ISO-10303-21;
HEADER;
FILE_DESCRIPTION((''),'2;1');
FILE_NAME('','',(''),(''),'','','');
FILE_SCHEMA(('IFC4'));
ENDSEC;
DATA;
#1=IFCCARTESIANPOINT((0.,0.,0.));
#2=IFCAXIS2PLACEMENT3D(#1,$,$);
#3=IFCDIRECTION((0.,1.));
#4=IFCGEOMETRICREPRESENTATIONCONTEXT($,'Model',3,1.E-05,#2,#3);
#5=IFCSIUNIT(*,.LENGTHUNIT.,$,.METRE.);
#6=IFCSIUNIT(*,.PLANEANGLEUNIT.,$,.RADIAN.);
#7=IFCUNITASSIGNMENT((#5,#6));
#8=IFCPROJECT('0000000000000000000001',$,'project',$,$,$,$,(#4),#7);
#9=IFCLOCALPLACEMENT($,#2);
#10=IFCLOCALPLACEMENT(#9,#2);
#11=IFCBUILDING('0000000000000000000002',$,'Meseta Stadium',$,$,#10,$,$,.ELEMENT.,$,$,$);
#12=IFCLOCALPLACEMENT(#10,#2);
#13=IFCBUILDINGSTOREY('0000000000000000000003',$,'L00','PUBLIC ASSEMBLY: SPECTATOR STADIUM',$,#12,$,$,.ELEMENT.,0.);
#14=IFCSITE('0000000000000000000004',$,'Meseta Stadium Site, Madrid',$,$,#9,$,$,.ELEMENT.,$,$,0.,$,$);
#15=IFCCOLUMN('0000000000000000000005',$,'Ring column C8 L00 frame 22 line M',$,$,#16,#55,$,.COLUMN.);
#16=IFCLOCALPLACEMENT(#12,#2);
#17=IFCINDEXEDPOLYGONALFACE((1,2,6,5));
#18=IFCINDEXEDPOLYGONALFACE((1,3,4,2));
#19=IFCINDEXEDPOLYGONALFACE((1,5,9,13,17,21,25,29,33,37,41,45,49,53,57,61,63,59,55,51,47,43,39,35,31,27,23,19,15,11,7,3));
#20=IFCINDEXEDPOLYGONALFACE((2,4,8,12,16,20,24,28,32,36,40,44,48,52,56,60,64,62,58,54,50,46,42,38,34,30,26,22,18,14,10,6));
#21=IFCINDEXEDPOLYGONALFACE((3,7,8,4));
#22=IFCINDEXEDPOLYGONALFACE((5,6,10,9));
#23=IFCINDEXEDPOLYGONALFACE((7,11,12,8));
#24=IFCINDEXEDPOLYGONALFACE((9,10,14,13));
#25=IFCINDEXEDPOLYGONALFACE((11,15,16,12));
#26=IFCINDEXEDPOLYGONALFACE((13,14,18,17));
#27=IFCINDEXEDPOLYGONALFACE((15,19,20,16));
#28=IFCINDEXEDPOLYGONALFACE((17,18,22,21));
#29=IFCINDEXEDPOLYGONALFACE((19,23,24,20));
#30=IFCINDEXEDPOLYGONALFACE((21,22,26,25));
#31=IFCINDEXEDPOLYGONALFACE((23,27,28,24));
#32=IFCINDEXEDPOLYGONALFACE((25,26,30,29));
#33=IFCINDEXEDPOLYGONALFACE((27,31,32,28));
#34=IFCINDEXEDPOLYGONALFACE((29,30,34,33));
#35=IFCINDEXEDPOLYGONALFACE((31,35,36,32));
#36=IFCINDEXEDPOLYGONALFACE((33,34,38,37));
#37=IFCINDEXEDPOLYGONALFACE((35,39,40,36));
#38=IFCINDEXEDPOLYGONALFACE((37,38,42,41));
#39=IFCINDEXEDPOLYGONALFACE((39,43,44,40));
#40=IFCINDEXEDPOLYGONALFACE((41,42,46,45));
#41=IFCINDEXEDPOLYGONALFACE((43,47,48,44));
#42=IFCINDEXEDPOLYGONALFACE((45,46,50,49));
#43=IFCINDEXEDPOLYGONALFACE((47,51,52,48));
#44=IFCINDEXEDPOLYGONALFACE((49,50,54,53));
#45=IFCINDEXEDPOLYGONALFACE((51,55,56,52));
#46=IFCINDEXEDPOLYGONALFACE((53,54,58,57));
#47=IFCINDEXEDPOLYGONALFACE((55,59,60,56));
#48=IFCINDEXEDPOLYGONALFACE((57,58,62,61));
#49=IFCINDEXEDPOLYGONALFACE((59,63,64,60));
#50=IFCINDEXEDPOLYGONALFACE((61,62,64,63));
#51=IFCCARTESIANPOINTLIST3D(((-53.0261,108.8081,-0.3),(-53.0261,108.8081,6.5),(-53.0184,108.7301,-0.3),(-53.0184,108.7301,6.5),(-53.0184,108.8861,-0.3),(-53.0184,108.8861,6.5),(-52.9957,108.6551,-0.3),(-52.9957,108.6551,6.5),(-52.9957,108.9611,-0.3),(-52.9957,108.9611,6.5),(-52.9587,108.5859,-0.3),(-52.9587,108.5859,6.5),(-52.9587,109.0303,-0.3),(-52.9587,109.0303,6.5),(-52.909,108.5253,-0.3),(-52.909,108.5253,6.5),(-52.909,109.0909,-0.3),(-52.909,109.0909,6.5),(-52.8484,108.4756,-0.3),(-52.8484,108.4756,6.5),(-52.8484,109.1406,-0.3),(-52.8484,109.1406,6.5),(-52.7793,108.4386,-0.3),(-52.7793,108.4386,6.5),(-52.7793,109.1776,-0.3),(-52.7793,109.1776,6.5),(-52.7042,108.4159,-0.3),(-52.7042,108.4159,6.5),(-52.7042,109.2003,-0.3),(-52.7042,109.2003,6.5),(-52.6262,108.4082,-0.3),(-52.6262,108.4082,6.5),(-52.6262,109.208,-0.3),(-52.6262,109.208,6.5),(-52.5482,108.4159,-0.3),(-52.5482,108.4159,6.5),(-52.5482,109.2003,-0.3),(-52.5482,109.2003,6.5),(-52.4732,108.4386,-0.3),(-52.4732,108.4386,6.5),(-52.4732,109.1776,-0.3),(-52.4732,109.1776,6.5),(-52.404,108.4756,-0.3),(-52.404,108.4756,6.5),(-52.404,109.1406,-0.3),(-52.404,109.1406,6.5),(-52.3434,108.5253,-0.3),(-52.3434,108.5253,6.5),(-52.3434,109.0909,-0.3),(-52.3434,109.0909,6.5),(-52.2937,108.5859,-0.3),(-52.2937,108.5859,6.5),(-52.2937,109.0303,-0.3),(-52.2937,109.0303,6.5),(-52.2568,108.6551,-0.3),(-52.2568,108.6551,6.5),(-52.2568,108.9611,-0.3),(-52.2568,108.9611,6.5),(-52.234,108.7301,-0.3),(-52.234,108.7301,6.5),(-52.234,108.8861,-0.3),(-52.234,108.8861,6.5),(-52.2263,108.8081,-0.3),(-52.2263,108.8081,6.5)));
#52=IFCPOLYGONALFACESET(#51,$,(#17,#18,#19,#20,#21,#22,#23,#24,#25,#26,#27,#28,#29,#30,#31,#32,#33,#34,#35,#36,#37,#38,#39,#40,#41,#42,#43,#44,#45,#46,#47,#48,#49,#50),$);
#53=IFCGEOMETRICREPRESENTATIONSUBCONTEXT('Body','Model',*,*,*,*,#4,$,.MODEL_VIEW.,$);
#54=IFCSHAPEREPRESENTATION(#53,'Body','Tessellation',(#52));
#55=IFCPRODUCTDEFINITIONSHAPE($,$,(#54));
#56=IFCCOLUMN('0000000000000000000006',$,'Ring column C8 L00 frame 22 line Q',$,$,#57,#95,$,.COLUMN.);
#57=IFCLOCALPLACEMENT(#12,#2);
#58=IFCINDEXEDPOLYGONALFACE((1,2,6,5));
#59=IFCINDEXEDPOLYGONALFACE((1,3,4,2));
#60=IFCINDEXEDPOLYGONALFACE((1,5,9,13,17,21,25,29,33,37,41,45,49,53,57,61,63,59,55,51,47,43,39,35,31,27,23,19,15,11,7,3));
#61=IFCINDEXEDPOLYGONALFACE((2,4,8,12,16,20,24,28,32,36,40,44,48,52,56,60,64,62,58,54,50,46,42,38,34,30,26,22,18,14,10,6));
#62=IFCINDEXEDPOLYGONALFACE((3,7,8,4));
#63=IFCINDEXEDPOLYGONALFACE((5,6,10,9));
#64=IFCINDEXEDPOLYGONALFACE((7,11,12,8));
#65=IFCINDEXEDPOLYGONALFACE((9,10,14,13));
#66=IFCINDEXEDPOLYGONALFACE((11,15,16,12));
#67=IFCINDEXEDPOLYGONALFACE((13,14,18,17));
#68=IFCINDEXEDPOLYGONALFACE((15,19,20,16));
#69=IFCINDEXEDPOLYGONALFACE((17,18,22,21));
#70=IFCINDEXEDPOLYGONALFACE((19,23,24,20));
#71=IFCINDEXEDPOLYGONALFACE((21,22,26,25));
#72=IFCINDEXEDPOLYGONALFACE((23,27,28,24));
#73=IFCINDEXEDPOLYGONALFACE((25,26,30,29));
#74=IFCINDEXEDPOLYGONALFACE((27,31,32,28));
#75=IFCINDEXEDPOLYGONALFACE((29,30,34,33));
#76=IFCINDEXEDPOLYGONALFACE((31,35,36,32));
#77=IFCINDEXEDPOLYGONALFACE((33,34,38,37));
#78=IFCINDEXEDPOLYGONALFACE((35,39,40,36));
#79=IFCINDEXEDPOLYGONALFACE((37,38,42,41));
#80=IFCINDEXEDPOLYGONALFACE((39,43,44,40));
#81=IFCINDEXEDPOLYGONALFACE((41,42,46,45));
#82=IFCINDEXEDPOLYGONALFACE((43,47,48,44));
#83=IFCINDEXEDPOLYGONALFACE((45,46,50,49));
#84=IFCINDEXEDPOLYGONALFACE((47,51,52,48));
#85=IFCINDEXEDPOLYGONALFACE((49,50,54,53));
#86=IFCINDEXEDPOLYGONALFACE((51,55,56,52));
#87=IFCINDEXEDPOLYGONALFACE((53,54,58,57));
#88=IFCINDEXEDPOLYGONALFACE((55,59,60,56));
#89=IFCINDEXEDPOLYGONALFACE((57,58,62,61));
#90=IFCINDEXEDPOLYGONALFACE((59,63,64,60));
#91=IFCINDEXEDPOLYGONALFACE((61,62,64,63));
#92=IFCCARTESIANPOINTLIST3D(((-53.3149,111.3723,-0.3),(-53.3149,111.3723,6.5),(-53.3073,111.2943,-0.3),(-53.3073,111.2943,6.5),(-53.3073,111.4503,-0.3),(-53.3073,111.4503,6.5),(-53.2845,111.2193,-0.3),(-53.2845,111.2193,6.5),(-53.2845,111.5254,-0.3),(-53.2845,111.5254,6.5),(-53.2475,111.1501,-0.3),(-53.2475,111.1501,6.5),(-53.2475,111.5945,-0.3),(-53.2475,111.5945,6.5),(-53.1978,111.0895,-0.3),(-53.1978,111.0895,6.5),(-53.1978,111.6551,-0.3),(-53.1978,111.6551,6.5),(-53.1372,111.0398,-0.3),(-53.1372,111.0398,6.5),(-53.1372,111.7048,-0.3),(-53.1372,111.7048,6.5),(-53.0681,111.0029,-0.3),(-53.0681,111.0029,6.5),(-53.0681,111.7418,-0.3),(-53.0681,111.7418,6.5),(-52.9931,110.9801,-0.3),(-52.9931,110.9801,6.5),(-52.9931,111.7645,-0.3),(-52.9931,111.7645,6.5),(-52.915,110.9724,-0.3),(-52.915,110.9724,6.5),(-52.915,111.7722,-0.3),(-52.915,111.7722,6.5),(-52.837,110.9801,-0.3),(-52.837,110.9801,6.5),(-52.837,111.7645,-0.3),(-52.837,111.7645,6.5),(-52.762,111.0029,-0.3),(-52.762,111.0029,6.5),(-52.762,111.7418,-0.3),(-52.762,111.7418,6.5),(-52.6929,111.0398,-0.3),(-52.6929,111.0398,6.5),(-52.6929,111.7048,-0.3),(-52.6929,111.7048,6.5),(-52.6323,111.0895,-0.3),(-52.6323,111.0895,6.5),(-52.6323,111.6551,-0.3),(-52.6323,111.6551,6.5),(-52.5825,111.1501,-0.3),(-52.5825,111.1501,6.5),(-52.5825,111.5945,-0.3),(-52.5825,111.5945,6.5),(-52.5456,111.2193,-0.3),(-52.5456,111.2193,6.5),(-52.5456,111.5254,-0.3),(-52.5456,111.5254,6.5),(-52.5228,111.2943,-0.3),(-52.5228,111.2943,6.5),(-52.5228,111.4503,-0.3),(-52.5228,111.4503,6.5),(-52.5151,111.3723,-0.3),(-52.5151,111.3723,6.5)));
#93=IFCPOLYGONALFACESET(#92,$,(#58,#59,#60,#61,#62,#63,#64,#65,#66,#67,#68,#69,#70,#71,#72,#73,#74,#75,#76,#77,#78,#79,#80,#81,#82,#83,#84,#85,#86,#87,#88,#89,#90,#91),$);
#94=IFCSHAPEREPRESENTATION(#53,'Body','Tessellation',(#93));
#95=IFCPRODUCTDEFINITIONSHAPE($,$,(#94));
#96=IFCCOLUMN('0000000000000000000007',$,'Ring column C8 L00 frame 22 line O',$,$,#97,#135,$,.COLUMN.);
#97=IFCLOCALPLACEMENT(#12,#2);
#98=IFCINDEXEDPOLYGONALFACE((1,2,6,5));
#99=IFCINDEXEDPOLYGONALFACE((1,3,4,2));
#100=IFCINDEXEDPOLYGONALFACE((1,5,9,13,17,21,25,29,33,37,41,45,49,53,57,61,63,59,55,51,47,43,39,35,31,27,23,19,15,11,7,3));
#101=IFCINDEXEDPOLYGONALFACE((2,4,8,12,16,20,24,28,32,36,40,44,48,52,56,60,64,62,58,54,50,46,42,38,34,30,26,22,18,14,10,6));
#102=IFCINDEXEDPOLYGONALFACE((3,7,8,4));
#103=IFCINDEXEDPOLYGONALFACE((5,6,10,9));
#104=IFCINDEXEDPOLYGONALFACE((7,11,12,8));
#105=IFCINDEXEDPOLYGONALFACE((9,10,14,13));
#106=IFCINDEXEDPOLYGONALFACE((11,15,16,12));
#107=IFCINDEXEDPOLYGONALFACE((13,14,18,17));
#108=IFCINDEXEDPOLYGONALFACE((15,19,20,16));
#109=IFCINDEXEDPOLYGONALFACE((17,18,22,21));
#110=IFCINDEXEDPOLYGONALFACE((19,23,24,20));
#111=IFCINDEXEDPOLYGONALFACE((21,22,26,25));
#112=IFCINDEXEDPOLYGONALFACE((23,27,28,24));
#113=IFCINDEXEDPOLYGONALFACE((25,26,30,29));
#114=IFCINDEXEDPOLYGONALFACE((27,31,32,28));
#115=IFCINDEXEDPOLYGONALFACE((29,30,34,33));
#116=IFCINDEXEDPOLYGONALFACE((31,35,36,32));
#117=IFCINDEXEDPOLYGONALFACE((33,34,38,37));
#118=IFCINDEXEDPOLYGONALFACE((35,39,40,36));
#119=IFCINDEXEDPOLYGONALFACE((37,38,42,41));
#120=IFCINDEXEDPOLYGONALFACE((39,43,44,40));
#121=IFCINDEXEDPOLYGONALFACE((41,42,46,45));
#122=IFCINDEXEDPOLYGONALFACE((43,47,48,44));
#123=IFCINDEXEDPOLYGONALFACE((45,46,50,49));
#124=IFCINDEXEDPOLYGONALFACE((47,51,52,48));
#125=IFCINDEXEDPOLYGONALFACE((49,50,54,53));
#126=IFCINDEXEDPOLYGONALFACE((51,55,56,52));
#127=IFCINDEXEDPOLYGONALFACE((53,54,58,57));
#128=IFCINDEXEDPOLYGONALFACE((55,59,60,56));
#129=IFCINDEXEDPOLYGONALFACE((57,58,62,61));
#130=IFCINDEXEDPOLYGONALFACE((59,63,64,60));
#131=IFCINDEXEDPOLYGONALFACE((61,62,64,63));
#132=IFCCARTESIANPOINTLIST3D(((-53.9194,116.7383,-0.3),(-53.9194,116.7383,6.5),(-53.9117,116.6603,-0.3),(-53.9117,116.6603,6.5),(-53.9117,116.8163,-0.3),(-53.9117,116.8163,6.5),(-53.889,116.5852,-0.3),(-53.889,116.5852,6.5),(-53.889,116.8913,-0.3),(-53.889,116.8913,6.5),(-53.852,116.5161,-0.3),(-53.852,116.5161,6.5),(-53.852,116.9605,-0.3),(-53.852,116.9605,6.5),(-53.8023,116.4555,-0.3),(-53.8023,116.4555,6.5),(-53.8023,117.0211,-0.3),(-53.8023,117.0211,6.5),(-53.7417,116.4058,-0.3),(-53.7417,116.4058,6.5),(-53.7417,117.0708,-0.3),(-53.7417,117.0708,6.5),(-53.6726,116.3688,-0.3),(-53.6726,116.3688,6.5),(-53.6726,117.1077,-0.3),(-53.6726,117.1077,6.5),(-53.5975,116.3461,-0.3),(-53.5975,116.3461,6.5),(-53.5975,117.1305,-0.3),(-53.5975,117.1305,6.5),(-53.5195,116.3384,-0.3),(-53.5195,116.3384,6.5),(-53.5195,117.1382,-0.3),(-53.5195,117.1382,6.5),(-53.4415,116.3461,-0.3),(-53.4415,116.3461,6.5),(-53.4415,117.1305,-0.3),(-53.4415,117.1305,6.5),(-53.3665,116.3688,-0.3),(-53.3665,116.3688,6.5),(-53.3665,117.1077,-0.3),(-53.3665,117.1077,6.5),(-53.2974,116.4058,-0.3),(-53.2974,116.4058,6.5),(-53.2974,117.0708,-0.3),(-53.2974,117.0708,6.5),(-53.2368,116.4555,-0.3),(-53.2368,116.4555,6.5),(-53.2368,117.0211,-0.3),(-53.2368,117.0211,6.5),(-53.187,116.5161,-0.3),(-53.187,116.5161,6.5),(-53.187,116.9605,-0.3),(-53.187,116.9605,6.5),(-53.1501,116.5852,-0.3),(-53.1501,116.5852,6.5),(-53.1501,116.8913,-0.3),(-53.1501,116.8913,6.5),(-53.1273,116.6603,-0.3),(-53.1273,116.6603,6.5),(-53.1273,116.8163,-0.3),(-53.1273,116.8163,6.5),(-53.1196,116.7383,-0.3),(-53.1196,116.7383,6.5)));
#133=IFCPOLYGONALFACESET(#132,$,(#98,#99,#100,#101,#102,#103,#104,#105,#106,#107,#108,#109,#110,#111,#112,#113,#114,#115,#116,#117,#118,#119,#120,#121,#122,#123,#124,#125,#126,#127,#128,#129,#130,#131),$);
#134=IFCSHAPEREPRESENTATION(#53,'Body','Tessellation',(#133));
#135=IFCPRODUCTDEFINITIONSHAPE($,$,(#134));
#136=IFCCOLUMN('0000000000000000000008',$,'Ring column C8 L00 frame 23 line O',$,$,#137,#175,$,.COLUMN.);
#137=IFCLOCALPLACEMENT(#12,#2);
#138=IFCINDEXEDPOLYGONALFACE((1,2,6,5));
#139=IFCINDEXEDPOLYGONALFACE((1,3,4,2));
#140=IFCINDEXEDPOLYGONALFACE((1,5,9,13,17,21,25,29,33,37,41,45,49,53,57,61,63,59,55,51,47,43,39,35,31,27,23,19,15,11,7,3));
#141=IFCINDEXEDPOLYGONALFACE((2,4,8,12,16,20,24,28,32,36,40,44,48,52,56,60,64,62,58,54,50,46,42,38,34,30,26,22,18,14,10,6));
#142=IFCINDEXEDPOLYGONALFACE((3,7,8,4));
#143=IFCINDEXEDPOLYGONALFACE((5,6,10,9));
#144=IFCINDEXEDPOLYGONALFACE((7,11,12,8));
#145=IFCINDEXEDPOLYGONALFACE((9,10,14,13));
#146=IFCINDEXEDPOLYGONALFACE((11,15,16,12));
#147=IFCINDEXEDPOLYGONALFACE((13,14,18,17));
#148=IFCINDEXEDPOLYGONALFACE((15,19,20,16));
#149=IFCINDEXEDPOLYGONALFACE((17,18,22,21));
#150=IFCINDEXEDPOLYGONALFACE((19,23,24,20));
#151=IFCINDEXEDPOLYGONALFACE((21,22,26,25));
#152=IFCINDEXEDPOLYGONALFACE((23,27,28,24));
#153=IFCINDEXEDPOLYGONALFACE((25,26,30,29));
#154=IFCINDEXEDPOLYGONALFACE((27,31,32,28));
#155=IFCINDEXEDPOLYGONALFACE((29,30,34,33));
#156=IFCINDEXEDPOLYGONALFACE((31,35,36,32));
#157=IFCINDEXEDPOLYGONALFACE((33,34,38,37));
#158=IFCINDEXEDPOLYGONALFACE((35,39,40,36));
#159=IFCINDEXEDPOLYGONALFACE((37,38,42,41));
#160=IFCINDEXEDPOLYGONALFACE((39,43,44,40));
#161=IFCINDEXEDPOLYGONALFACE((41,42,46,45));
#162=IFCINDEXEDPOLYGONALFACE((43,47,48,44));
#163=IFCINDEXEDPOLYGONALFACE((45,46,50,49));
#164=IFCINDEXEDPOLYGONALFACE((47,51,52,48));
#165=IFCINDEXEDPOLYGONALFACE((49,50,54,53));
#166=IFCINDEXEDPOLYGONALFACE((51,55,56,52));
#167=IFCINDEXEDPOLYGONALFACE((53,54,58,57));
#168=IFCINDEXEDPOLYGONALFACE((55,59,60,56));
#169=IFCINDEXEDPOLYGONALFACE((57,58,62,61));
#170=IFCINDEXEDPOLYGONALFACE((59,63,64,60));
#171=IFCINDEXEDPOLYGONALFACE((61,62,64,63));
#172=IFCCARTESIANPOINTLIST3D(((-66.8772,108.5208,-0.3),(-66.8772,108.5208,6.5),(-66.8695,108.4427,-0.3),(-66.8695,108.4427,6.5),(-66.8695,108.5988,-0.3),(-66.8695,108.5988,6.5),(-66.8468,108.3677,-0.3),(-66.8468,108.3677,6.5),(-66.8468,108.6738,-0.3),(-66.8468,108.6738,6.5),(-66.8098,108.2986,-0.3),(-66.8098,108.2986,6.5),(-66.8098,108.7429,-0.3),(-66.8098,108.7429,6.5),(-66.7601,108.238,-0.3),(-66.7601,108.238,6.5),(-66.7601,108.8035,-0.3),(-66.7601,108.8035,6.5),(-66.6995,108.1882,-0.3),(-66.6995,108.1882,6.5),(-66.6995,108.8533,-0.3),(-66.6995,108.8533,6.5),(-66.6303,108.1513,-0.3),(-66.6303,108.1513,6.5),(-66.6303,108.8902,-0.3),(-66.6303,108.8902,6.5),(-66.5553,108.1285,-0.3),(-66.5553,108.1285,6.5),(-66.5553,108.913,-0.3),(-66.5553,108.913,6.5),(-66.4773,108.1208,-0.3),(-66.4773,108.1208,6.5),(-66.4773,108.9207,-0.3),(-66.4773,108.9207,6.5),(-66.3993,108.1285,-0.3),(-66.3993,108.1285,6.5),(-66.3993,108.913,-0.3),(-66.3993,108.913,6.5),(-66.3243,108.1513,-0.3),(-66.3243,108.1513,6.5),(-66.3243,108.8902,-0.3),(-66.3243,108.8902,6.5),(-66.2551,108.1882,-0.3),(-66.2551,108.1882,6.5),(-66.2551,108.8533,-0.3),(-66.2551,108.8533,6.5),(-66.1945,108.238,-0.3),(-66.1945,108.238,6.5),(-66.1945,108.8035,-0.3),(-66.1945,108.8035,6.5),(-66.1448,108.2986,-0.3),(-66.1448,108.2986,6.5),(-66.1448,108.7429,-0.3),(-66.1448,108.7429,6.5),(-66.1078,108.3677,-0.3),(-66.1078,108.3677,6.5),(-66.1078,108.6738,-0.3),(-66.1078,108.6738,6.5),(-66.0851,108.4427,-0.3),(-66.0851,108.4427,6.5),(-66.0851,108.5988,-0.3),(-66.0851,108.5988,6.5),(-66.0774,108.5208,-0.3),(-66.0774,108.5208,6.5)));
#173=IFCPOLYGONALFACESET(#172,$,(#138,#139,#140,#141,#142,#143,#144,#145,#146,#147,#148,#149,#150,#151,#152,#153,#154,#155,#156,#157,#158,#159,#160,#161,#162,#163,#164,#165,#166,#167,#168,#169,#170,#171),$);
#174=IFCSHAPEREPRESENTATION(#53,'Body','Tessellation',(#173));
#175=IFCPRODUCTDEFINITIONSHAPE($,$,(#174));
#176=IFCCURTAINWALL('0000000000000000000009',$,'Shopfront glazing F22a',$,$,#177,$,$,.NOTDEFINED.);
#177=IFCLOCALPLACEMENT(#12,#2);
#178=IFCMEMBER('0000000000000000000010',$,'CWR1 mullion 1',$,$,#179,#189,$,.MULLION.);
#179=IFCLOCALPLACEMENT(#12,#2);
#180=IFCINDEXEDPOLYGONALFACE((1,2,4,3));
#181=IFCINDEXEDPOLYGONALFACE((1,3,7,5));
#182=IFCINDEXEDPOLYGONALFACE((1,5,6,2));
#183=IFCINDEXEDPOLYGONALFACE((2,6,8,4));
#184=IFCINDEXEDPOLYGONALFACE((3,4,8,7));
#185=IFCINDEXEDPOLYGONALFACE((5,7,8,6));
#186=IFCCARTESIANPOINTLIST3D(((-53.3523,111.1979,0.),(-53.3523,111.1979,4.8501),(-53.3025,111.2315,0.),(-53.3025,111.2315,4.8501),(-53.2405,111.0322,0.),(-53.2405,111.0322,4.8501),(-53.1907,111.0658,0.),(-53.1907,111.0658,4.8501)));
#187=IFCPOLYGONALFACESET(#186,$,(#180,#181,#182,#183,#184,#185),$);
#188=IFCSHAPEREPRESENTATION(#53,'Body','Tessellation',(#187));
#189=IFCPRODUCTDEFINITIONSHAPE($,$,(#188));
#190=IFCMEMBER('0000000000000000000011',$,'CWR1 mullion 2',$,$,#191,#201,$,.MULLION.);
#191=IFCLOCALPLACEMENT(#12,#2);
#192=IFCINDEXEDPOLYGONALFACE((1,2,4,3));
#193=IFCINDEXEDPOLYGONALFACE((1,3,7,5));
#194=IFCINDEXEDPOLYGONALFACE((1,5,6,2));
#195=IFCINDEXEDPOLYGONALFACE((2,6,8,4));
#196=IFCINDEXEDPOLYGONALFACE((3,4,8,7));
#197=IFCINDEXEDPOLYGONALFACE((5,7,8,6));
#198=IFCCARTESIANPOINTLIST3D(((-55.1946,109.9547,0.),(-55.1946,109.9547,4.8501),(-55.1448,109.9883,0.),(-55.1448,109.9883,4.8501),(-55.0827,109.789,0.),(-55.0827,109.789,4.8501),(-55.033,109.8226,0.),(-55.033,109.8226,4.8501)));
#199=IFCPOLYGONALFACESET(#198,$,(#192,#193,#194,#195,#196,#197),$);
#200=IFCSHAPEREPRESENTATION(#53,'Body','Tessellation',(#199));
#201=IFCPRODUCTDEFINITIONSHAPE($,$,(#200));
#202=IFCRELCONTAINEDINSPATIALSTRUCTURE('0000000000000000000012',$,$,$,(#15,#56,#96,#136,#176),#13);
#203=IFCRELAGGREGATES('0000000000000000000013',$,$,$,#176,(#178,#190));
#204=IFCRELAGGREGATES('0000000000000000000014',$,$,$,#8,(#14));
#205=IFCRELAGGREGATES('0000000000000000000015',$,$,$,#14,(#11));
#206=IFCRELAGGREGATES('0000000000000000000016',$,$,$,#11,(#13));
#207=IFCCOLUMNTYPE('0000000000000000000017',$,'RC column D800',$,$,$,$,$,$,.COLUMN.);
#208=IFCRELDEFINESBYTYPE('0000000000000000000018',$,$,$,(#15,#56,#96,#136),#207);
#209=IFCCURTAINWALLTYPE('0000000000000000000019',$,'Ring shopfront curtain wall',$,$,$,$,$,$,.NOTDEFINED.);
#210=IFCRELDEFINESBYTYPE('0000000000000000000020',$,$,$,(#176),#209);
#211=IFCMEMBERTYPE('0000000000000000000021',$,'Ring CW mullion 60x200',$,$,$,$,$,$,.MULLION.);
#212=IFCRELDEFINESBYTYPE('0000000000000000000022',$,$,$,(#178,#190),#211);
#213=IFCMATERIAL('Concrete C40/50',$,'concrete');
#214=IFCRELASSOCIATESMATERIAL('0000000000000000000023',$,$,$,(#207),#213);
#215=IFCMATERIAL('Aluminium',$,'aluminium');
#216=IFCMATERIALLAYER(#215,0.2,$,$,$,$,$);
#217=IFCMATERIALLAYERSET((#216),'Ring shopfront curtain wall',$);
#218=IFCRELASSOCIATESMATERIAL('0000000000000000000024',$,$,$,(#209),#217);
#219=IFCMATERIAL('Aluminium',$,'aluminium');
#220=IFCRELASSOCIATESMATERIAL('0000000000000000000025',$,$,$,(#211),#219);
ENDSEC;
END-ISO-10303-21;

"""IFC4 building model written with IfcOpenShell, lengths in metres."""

from ifc_helpers import new_model, si_unit, direction, frame, origin, origin_2d, place, context, subcontext, project, spatial, rectangle, circle, extrude, material, layer, layer_set, material_profile, profile_set, type_object, element, aggregate, save


model = new_model("IFC4")

# Units and contexts
model_context = context("Model", 3, precision=1e-05, world=origin(), true_north=direction((0.0, 1.0)))
body_context = subcontext(model_context, "Body", "Model", "MODEL_VIEW")
ifc_project = project(units=[si_unit("LENGTHUNIT", "METRE"), si_unit("PLANEANGLEUNIT", "RADIAN")], contexts=[model_context])

# Site, building, storey
site_placement = place(None, origin())
site = spatial("IfcSite", under=ifc_project, at=site_placement, Name="Meseta Stadium Site, Madrid", CompositionType="ELEMENT", RefElevation=0.0)
building_placement = place(site_placement, origin())
building = spatial("IfcBuilding", under=site, at=building_placement, Name="Meseta Stadium", CompositionType="ELEMENT")
storey_placement = place(building_placement, origin())
storey = spatial("IfcBuildingStorey", under=building, at=storey_placement, Name="L00", Description="PUBLIC ASSEMBLY: SPECTATOR STADIUM", CompositionType="ELEMENT", Elevation=0.0)

# Columns
ifc_material_1 = material(Name="Concrete C40/50", Category="concrete")
ifc_material_profile_1 = material_profile(ifc_material_1, circle(Radius=0.3999, at=origin_2d()), Name="RC D800")
ifc_profile_set_1 = profile_set([ifc_material_profile_1], Name="Concrete C40/50")
column_type = type_object("IfcColumnType", Name="RC column D800", PredefinedType="COLUMN", material=ifc_profile_set_1)
for number, where, z_axis, x_axis, name in (
    (1, (-52.6262, 108.8081, -0.3), (0.0, 0.0, 1.0), (1.0, 0.0, 0.0), "Ring column C8 L00 frame 22 line M"),
    (2, (-52.915, 111.3723, -0.3), (0.0, 0.0, 1.0), (1.0, 0.0, 0.0), "Ring column C8 L00 frame 22 line Q"),
    (3, (-53.5195, 116.7383, -0.3), (0.0, 0.0, 1.0), (1.0, 0.0, 0.0), "Ring column C8 L00 frame 22 line O"),
    (4, (-66.4773, 108.5208, -0.3), (0.0, 0.0, 1.0), (1.0, 0.0, 0.0), "Ring column C8 L00 frame 23 line O"),
):
    element("IfcColumn", number, at=place(storey_placement, frame(where, z_axis=z_axis, x_axis=x_axis)), inside=storey, type_object=column_type, Name=name, PredefinedType="COLUMN", context=body_context, shape_type="SweptSolid", body=[
        extrude(circle(Radius=0.3999, at=origin_2d()), origin(), (0.0, 0.0, 1.0), 6.8),
    ])

# Curtain wall, members
ifc_material_2 = material(Name="Aluminium", Category="aluminium")
ifc_layer_1 = layer(ifc_material_2, 0.2)
ifc_layer_set_1 = layer_set([ifc_layer_1], Name="Ring shopfront curtain wall")
curtain_wall_type = type_object("IfcCurtainWallType", Name="Ring shopfront curtain wall", PredefinedType="NOTDEFINED", material=ifc_layer_set_1)
curtain_wall_1_placement = place(storey_placement, origin())
curtain_wall_1 = element("IfcCurtainWall", 5, at=curtain_wall_1_placement, inside=storey, type_object=curtain_wall_type, Name="Shopfront glazing F22a", PredefinedType="NOTDEFINED")
ifc_material_3 = material(Name="Aluminium", Category="aluminium")
ifc_material_profile_2 = material_profile(ifc_material_3, rectangle(XDim=0.2, YDim=0.0601, at=origin_2d()), Name="CW 200x60")
ifc_profile_set_2 = profile_set([ifc_material_profile_2], Name="Aluminium")
member_type_1 = type_object("IfcMemberType", Name="Ring CW mullion 60x200", PredefinedType="MULLION", material=ifc_profile_set_2)
member_1_placement = place(storey_placement, frame((-53.2715, 111.1318, 0.0), z_axis=(0.0, 0.0, 1.0), x_axis=(0.559368, -0.828919, 0.0)))
member_1 = element("IfcMember", 6, at=member_1_placement, type_object=member_type_1, Name="CWR1 mullion 1", PredefinedType="MULLION", context=body_context, shape_type="SweptSolid", body=[
    extrude(rectangle(XDim=0.2, YDim=0.0601, at=origin_2d()), origin(), (0.0, 0.0, 1.0), 4.8501),
])
member_2_placement = place(storey_placement, frame((-55.1138, 109.8887, 0.0), z_axis=(0.0, 0.0, 1.0), x_axis=(0.559368, -0.828919, 0.0)))
member_2 = element("IfcMember", 7, at=member_2_placement, type_object=member_type_1, Name="CWR1 mullion 2", PredefinedType="MULLION", context=body_context, shape_type="SweptSolid", body=[
    extrude(rectangle(XDim=0.2, YDim=0.0601, at=origin_2d()), origin(), (0.0, 0.0, 1.0), 4.8501),
])

aggregate(curtain_wall_1, [member_1, member_2])

save(model, "model.ifc")
